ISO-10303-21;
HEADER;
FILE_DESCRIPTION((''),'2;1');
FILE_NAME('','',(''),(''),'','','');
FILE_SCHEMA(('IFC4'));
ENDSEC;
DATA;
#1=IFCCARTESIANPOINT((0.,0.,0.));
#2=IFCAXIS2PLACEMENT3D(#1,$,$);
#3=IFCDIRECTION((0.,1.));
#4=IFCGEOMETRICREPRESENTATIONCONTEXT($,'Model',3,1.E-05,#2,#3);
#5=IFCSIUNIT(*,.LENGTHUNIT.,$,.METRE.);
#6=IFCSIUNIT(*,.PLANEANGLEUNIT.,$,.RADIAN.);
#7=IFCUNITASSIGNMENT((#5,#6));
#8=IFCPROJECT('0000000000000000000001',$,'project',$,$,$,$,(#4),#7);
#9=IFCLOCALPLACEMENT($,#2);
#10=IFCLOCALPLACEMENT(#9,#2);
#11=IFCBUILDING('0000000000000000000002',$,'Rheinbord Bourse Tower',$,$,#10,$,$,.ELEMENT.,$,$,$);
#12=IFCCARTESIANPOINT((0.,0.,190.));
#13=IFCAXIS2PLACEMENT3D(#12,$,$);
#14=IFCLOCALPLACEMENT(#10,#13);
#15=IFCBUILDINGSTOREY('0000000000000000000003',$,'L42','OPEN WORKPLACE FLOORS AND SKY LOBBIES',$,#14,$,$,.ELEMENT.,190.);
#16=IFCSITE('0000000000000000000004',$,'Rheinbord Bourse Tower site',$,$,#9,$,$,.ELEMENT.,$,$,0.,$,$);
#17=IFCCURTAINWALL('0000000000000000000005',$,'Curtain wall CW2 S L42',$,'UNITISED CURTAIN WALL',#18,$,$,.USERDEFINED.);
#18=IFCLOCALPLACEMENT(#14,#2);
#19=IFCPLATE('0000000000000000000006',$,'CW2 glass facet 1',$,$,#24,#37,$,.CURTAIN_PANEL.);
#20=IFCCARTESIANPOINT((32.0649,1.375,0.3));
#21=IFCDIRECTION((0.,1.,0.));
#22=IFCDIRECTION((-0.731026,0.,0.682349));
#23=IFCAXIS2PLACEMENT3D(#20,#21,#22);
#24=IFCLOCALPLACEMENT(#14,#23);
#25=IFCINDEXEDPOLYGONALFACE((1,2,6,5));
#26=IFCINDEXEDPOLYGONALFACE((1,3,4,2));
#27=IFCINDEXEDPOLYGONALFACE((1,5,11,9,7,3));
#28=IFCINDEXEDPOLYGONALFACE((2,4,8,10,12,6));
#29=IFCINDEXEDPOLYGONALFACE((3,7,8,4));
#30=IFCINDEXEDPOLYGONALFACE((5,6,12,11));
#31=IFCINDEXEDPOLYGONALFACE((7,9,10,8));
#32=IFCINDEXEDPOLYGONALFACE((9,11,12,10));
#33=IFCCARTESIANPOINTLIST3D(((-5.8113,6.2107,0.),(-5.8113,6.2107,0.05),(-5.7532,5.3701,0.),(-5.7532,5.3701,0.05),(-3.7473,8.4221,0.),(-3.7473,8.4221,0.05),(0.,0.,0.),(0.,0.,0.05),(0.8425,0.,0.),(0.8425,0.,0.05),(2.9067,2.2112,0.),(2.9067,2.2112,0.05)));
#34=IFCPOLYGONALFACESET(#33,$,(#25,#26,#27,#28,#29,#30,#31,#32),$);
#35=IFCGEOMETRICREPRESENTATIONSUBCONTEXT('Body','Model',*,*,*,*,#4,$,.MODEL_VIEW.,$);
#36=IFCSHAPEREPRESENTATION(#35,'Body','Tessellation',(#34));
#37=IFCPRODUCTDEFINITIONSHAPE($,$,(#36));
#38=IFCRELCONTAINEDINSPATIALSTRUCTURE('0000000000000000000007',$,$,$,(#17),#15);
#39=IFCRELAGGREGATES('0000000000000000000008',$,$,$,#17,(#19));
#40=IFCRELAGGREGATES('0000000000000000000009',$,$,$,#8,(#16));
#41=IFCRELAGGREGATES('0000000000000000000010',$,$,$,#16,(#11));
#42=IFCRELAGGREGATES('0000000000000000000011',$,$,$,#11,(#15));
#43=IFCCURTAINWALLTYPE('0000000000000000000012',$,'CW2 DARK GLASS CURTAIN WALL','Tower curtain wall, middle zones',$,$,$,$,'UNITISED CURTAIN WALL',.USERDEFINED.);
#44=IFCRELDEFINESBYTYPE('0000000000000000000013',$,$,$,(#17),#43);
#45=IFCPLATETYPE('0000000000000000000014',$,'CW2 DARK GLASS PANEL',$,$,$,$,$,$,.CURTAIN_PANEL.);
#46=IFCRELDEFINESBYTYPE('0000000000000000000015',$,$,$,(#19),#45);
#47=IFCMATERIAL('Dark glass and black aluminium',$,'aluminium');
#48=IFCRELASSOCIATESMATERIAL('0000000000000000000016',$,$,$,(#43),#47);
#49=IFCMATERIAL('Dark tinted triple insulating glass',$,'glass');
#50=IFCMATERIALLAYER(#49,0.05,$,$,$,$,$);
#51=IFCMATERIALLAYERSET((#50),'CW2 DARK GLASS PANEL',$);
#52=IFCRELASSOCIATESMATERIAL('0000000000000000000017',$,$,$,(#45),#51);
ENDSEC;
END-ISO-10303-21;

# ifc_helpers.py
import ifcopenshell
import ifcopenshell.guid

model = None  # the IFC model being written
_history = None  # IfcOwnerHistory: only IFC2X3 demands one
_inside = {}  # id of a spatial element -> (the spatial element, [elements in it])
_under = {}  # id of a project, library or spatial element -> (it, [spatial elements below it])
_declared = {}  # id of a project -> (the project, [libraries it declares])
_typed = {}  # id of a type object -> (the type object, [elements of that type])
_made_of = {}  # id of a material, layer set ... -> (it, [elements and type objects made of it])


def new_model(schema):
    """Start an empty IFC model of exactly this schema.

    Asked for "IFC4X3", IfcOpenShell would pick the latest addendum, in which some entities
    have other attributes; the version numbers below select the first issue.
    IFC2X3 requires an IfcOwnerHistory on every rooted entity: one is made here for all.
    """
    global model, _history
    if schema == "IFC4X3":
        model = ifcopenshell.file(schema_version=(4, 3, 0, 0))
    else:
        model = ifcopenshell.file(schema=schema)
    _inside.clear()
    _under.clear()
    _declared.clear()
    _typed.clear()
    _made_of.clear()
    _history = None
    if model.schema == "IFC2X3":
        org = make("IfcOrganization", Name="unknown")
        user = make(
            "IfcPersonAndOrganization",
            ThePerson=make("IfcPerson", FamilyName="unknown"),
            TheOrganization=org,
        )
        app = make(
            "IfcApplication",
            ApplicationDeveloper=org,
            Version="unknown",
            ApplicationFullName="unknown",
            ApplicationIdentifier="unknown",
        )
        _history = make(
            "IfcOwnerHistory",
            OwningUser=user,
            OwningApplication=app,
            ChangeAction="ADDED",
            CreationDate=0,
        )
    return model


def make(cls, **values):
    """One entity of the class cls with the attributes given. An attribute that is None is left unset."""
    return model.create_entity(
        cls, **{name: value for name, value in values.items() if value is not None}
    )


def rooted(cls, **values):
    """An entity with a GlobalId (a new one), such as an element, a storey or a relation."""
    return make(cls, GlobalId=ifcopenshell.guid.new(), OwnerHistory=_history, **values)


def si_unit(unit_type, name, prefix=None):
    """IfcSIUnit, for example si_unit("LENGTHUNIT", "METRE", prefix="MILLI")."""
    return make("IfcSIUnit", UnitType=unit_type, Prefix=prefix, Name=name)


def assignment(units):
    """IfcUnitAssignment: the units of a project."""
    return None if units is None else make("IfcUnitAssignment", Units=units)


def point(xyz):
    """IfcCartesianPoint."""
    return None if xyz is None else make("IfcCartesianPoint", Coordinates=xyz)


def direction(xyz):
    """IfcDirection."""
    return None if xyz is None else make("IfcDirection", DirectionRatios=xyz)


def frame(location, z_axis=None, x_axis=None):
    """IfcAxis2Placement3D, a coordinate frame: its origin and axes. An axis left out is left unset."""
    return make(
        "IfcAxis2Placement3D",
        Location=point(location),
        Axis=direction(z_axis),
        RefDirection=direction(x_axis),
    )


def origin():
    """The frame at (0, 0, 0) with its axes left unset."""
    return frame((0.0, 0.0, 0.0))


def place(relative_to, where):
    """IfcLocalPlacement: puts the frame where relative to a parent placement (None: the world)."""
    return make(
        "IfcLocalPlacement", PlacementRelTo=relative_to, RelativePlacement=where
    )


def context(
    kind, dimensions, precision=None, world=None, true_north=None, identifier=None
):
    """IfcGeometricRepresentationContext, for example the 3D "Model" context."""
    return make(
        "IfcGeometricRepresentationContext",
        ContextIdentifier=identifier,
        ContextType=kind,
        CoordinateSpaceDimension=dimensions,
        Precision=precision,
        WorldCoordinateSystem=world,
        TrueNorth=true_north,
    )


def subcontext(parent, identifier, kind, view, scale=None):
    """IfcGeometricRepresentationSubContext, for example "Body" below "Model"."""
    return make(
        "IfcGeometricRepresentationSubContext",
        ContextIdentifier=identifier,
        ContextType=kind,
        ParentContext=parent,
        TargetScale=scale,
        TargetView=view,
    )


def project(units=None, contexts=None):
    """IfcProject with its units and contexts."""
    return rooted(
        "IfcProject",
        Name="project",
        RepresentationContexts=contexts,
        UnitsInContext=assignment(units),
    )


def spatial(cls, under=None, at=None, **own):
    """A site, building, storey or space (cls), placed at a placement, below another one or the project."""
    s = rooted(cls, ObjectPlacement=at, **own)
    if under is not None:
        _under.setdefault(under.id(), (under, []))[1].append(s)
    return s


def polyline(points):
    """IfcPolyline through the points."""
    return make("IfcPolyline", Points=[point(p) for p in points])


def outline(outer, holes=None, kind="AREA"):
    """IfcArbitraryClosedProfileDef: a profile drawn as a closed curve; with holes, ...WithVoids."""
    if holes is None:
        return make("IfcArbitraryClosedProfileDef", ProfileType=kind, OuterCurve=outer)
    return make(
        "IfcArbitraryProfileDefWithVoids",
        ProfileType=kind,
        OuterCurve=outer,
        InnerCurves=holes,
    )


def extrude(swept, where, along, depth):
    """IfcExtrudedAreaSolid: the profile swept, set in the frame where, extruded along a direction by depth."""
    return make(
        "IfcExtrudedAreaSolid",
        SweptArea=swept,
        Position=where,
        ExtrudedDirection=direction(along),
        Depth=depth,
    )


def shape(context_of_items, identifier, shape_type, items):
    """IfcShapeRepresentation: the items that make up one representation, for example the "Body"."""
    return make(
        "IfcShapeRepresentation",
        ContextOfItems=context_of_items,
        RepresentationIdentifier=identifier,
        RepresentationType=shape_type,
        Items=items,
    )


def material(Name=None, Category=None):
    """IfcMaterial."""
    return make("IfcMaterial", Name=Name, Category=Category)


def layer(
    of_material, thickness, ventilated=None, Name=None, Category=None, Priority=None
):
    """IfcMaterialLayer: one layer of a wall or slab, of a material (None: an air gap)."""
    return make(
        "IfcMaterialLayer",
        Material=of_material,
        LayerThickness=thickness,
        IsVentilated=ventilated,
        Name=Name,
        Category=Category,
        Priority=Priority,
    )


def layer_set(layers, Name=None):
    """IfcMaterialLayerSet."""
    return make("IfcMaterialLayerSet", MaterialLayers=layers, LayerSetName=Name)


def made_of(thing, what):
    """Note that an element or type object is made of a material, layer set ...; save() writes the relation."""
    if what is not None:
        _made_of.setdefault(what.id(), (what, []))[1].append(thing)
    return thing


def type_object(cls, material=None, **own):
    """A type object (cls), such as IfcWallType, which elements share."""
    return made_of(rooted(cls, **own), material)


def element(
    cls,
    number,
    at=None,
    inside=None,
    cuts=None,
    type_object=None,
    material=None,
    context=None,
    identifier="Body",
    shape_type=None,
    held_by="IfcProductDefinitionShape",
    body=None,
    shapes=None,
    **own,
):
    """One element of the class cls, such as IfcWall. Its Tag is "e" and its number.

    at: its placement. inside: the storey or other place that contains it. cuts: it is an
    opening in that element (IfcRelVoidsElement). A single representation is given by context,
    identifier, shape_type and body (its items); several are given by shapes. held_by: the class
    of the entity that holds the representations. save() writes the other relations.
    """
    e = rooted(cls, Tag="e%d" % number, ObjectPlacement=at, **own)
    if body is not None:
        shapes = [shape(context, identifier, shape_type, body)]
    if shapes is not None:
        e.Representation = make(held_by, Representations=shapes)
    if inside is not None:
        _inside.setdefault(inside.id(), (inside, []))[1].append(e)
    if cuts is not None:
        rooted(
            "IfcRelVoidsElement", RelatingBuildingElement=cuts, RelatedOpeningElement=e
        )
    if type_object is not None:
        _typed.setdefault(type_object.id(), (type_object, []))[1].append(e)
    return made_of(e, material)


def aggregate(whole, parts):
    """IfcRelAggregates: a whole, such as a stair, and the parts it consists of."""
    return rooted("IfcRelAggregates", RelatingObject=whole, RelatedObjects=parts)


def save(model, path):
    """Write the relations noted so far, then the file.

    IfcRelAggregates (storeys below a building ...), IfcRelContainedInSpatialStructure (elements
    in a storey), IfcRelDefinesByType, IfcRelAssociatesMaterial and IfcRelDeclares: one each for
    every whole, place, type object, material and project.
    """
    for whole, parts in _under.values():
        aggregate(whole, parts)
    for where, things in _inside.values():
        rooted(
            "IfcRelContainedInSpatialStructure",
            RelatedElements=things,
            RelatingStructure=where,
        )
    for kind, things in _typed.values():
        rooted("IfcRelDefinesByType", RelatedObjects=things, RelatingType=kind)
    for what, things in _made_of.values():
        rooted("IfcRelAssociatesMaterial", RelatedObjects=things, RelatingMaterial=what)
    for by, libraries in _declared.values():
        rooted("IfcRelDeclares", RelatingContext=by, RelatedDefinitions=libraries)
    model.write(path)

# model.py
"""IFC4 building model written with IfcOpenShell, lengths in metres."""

from ifc_helpers import new_model, si_unit, direction, frame, origin, place, context, subcontext, project, spatial, polyline, outline, extrude, material, layer, layer_set, type_object, element, aggregate, save


model = new_model("IFC4")

# Units and contexts
model_context = context("Model", 3, precision=1e-05, world=origin(), true_north=direction((0.0, 1.0)))
body_context = subcontext(model_context, "Body", "Model", "MODEL_VIEW")
ifc_project = project(units=[si_unit("LENGTHUNIT", "METRE"), si_unit("PLANEANGLEUNIT", "RADIAN")], contexts=[model_context])

# Site, building, storey
site_placement = place(None, origin())
site = spatial("IfcSite", under=ifc_project, at=site_placement, Name="Rheinbord Bourse Tower site", CompositionType="ELEMENT", RefElevation=0.0)
building_placement = place(site_placement, origin())
building = spatial("IfcBuilding", under=site, at=building_placement, Name="Rheinbord Bourse Tower", CompositionType="ELEMENT")
storey_placement = place(building_placement, frame((0.0, 0.0, 190.0)))
storey = spatial("IfcBuildingStorey", under=building, at=storey_placement, Name="L42", Description="OPEN WORKPLACE FLOORS AND SKY LOBBIES", CompositionType="ELEMENT", Elevation=190.0)

# Curtain wall
ifc_material_1 = material(Name="Dark glass and black aluminium", Category="aluminium")
curtain_wall_type = type_object("IfcCurtainWallType", Name="CW2 DARK GLASS CURTAIN WALL", Description="Tower curtain wall, middle zones", ElementType="UNITISED CURTAIN WALL", PredefinedType="USERDEFINED", material=ifc_material_1)
curtain_wall_placement = place(storey_placement, origin())
curtain_wall = element("IfcCurtainWall", 1, at=curtain_wall_placement, inside=storey, type_object=curtain_wall_type, Name="Curtain wall CW2 S L42", ObjectType="UNITISED CURTAIN WALL", PredefinedType="USERDEFINED")

# Plate
ifc_material_2 = material(Name="Dark tinted triple insulating glass", Category="glass")
ifc_layer_1 = layer(ifc_material_2, 0.05)
ifc_layer_set_1 = layer_set([ifc_layer_1], Name="CW2 DARK GLASS PANEL")
plate_type = type_object("IfcPlateType", Name="CW2 DARK GLASS PANEL", PredefinedType="CURTAIN_PANEL", material=ifc_layer_set_1)
plate_1_placement = place(storey_placement, frame((32.0649, 1.375, 0.3), z_axis=(0.0, 1.0, 0.0), x_axis=(-0.731026, 0.0, 0.682349)))
plate_1 = element("IfcPlate", 2, at=plate_1_placement, type_object=plate_type, Name="CW2 glass facet 1", PredefinedType="CURTAIN_PANEL", context=body_context, shape_type="SweptSolid", body=[
    extrude(outline(polyline([(0.0, 0.0), (0.8425, 0.0), (2.9067, 2.2112), (-3.7473, 8.4221), (-5.8113, 6.2107), (-5.7532, 5.3701), (0.0, 0.0)])), origin(), (0.0, 0.0, 1.0), 0.05),
])
aggregate(curtain_wall, [plate_1])

save(model, "model.ifc")
